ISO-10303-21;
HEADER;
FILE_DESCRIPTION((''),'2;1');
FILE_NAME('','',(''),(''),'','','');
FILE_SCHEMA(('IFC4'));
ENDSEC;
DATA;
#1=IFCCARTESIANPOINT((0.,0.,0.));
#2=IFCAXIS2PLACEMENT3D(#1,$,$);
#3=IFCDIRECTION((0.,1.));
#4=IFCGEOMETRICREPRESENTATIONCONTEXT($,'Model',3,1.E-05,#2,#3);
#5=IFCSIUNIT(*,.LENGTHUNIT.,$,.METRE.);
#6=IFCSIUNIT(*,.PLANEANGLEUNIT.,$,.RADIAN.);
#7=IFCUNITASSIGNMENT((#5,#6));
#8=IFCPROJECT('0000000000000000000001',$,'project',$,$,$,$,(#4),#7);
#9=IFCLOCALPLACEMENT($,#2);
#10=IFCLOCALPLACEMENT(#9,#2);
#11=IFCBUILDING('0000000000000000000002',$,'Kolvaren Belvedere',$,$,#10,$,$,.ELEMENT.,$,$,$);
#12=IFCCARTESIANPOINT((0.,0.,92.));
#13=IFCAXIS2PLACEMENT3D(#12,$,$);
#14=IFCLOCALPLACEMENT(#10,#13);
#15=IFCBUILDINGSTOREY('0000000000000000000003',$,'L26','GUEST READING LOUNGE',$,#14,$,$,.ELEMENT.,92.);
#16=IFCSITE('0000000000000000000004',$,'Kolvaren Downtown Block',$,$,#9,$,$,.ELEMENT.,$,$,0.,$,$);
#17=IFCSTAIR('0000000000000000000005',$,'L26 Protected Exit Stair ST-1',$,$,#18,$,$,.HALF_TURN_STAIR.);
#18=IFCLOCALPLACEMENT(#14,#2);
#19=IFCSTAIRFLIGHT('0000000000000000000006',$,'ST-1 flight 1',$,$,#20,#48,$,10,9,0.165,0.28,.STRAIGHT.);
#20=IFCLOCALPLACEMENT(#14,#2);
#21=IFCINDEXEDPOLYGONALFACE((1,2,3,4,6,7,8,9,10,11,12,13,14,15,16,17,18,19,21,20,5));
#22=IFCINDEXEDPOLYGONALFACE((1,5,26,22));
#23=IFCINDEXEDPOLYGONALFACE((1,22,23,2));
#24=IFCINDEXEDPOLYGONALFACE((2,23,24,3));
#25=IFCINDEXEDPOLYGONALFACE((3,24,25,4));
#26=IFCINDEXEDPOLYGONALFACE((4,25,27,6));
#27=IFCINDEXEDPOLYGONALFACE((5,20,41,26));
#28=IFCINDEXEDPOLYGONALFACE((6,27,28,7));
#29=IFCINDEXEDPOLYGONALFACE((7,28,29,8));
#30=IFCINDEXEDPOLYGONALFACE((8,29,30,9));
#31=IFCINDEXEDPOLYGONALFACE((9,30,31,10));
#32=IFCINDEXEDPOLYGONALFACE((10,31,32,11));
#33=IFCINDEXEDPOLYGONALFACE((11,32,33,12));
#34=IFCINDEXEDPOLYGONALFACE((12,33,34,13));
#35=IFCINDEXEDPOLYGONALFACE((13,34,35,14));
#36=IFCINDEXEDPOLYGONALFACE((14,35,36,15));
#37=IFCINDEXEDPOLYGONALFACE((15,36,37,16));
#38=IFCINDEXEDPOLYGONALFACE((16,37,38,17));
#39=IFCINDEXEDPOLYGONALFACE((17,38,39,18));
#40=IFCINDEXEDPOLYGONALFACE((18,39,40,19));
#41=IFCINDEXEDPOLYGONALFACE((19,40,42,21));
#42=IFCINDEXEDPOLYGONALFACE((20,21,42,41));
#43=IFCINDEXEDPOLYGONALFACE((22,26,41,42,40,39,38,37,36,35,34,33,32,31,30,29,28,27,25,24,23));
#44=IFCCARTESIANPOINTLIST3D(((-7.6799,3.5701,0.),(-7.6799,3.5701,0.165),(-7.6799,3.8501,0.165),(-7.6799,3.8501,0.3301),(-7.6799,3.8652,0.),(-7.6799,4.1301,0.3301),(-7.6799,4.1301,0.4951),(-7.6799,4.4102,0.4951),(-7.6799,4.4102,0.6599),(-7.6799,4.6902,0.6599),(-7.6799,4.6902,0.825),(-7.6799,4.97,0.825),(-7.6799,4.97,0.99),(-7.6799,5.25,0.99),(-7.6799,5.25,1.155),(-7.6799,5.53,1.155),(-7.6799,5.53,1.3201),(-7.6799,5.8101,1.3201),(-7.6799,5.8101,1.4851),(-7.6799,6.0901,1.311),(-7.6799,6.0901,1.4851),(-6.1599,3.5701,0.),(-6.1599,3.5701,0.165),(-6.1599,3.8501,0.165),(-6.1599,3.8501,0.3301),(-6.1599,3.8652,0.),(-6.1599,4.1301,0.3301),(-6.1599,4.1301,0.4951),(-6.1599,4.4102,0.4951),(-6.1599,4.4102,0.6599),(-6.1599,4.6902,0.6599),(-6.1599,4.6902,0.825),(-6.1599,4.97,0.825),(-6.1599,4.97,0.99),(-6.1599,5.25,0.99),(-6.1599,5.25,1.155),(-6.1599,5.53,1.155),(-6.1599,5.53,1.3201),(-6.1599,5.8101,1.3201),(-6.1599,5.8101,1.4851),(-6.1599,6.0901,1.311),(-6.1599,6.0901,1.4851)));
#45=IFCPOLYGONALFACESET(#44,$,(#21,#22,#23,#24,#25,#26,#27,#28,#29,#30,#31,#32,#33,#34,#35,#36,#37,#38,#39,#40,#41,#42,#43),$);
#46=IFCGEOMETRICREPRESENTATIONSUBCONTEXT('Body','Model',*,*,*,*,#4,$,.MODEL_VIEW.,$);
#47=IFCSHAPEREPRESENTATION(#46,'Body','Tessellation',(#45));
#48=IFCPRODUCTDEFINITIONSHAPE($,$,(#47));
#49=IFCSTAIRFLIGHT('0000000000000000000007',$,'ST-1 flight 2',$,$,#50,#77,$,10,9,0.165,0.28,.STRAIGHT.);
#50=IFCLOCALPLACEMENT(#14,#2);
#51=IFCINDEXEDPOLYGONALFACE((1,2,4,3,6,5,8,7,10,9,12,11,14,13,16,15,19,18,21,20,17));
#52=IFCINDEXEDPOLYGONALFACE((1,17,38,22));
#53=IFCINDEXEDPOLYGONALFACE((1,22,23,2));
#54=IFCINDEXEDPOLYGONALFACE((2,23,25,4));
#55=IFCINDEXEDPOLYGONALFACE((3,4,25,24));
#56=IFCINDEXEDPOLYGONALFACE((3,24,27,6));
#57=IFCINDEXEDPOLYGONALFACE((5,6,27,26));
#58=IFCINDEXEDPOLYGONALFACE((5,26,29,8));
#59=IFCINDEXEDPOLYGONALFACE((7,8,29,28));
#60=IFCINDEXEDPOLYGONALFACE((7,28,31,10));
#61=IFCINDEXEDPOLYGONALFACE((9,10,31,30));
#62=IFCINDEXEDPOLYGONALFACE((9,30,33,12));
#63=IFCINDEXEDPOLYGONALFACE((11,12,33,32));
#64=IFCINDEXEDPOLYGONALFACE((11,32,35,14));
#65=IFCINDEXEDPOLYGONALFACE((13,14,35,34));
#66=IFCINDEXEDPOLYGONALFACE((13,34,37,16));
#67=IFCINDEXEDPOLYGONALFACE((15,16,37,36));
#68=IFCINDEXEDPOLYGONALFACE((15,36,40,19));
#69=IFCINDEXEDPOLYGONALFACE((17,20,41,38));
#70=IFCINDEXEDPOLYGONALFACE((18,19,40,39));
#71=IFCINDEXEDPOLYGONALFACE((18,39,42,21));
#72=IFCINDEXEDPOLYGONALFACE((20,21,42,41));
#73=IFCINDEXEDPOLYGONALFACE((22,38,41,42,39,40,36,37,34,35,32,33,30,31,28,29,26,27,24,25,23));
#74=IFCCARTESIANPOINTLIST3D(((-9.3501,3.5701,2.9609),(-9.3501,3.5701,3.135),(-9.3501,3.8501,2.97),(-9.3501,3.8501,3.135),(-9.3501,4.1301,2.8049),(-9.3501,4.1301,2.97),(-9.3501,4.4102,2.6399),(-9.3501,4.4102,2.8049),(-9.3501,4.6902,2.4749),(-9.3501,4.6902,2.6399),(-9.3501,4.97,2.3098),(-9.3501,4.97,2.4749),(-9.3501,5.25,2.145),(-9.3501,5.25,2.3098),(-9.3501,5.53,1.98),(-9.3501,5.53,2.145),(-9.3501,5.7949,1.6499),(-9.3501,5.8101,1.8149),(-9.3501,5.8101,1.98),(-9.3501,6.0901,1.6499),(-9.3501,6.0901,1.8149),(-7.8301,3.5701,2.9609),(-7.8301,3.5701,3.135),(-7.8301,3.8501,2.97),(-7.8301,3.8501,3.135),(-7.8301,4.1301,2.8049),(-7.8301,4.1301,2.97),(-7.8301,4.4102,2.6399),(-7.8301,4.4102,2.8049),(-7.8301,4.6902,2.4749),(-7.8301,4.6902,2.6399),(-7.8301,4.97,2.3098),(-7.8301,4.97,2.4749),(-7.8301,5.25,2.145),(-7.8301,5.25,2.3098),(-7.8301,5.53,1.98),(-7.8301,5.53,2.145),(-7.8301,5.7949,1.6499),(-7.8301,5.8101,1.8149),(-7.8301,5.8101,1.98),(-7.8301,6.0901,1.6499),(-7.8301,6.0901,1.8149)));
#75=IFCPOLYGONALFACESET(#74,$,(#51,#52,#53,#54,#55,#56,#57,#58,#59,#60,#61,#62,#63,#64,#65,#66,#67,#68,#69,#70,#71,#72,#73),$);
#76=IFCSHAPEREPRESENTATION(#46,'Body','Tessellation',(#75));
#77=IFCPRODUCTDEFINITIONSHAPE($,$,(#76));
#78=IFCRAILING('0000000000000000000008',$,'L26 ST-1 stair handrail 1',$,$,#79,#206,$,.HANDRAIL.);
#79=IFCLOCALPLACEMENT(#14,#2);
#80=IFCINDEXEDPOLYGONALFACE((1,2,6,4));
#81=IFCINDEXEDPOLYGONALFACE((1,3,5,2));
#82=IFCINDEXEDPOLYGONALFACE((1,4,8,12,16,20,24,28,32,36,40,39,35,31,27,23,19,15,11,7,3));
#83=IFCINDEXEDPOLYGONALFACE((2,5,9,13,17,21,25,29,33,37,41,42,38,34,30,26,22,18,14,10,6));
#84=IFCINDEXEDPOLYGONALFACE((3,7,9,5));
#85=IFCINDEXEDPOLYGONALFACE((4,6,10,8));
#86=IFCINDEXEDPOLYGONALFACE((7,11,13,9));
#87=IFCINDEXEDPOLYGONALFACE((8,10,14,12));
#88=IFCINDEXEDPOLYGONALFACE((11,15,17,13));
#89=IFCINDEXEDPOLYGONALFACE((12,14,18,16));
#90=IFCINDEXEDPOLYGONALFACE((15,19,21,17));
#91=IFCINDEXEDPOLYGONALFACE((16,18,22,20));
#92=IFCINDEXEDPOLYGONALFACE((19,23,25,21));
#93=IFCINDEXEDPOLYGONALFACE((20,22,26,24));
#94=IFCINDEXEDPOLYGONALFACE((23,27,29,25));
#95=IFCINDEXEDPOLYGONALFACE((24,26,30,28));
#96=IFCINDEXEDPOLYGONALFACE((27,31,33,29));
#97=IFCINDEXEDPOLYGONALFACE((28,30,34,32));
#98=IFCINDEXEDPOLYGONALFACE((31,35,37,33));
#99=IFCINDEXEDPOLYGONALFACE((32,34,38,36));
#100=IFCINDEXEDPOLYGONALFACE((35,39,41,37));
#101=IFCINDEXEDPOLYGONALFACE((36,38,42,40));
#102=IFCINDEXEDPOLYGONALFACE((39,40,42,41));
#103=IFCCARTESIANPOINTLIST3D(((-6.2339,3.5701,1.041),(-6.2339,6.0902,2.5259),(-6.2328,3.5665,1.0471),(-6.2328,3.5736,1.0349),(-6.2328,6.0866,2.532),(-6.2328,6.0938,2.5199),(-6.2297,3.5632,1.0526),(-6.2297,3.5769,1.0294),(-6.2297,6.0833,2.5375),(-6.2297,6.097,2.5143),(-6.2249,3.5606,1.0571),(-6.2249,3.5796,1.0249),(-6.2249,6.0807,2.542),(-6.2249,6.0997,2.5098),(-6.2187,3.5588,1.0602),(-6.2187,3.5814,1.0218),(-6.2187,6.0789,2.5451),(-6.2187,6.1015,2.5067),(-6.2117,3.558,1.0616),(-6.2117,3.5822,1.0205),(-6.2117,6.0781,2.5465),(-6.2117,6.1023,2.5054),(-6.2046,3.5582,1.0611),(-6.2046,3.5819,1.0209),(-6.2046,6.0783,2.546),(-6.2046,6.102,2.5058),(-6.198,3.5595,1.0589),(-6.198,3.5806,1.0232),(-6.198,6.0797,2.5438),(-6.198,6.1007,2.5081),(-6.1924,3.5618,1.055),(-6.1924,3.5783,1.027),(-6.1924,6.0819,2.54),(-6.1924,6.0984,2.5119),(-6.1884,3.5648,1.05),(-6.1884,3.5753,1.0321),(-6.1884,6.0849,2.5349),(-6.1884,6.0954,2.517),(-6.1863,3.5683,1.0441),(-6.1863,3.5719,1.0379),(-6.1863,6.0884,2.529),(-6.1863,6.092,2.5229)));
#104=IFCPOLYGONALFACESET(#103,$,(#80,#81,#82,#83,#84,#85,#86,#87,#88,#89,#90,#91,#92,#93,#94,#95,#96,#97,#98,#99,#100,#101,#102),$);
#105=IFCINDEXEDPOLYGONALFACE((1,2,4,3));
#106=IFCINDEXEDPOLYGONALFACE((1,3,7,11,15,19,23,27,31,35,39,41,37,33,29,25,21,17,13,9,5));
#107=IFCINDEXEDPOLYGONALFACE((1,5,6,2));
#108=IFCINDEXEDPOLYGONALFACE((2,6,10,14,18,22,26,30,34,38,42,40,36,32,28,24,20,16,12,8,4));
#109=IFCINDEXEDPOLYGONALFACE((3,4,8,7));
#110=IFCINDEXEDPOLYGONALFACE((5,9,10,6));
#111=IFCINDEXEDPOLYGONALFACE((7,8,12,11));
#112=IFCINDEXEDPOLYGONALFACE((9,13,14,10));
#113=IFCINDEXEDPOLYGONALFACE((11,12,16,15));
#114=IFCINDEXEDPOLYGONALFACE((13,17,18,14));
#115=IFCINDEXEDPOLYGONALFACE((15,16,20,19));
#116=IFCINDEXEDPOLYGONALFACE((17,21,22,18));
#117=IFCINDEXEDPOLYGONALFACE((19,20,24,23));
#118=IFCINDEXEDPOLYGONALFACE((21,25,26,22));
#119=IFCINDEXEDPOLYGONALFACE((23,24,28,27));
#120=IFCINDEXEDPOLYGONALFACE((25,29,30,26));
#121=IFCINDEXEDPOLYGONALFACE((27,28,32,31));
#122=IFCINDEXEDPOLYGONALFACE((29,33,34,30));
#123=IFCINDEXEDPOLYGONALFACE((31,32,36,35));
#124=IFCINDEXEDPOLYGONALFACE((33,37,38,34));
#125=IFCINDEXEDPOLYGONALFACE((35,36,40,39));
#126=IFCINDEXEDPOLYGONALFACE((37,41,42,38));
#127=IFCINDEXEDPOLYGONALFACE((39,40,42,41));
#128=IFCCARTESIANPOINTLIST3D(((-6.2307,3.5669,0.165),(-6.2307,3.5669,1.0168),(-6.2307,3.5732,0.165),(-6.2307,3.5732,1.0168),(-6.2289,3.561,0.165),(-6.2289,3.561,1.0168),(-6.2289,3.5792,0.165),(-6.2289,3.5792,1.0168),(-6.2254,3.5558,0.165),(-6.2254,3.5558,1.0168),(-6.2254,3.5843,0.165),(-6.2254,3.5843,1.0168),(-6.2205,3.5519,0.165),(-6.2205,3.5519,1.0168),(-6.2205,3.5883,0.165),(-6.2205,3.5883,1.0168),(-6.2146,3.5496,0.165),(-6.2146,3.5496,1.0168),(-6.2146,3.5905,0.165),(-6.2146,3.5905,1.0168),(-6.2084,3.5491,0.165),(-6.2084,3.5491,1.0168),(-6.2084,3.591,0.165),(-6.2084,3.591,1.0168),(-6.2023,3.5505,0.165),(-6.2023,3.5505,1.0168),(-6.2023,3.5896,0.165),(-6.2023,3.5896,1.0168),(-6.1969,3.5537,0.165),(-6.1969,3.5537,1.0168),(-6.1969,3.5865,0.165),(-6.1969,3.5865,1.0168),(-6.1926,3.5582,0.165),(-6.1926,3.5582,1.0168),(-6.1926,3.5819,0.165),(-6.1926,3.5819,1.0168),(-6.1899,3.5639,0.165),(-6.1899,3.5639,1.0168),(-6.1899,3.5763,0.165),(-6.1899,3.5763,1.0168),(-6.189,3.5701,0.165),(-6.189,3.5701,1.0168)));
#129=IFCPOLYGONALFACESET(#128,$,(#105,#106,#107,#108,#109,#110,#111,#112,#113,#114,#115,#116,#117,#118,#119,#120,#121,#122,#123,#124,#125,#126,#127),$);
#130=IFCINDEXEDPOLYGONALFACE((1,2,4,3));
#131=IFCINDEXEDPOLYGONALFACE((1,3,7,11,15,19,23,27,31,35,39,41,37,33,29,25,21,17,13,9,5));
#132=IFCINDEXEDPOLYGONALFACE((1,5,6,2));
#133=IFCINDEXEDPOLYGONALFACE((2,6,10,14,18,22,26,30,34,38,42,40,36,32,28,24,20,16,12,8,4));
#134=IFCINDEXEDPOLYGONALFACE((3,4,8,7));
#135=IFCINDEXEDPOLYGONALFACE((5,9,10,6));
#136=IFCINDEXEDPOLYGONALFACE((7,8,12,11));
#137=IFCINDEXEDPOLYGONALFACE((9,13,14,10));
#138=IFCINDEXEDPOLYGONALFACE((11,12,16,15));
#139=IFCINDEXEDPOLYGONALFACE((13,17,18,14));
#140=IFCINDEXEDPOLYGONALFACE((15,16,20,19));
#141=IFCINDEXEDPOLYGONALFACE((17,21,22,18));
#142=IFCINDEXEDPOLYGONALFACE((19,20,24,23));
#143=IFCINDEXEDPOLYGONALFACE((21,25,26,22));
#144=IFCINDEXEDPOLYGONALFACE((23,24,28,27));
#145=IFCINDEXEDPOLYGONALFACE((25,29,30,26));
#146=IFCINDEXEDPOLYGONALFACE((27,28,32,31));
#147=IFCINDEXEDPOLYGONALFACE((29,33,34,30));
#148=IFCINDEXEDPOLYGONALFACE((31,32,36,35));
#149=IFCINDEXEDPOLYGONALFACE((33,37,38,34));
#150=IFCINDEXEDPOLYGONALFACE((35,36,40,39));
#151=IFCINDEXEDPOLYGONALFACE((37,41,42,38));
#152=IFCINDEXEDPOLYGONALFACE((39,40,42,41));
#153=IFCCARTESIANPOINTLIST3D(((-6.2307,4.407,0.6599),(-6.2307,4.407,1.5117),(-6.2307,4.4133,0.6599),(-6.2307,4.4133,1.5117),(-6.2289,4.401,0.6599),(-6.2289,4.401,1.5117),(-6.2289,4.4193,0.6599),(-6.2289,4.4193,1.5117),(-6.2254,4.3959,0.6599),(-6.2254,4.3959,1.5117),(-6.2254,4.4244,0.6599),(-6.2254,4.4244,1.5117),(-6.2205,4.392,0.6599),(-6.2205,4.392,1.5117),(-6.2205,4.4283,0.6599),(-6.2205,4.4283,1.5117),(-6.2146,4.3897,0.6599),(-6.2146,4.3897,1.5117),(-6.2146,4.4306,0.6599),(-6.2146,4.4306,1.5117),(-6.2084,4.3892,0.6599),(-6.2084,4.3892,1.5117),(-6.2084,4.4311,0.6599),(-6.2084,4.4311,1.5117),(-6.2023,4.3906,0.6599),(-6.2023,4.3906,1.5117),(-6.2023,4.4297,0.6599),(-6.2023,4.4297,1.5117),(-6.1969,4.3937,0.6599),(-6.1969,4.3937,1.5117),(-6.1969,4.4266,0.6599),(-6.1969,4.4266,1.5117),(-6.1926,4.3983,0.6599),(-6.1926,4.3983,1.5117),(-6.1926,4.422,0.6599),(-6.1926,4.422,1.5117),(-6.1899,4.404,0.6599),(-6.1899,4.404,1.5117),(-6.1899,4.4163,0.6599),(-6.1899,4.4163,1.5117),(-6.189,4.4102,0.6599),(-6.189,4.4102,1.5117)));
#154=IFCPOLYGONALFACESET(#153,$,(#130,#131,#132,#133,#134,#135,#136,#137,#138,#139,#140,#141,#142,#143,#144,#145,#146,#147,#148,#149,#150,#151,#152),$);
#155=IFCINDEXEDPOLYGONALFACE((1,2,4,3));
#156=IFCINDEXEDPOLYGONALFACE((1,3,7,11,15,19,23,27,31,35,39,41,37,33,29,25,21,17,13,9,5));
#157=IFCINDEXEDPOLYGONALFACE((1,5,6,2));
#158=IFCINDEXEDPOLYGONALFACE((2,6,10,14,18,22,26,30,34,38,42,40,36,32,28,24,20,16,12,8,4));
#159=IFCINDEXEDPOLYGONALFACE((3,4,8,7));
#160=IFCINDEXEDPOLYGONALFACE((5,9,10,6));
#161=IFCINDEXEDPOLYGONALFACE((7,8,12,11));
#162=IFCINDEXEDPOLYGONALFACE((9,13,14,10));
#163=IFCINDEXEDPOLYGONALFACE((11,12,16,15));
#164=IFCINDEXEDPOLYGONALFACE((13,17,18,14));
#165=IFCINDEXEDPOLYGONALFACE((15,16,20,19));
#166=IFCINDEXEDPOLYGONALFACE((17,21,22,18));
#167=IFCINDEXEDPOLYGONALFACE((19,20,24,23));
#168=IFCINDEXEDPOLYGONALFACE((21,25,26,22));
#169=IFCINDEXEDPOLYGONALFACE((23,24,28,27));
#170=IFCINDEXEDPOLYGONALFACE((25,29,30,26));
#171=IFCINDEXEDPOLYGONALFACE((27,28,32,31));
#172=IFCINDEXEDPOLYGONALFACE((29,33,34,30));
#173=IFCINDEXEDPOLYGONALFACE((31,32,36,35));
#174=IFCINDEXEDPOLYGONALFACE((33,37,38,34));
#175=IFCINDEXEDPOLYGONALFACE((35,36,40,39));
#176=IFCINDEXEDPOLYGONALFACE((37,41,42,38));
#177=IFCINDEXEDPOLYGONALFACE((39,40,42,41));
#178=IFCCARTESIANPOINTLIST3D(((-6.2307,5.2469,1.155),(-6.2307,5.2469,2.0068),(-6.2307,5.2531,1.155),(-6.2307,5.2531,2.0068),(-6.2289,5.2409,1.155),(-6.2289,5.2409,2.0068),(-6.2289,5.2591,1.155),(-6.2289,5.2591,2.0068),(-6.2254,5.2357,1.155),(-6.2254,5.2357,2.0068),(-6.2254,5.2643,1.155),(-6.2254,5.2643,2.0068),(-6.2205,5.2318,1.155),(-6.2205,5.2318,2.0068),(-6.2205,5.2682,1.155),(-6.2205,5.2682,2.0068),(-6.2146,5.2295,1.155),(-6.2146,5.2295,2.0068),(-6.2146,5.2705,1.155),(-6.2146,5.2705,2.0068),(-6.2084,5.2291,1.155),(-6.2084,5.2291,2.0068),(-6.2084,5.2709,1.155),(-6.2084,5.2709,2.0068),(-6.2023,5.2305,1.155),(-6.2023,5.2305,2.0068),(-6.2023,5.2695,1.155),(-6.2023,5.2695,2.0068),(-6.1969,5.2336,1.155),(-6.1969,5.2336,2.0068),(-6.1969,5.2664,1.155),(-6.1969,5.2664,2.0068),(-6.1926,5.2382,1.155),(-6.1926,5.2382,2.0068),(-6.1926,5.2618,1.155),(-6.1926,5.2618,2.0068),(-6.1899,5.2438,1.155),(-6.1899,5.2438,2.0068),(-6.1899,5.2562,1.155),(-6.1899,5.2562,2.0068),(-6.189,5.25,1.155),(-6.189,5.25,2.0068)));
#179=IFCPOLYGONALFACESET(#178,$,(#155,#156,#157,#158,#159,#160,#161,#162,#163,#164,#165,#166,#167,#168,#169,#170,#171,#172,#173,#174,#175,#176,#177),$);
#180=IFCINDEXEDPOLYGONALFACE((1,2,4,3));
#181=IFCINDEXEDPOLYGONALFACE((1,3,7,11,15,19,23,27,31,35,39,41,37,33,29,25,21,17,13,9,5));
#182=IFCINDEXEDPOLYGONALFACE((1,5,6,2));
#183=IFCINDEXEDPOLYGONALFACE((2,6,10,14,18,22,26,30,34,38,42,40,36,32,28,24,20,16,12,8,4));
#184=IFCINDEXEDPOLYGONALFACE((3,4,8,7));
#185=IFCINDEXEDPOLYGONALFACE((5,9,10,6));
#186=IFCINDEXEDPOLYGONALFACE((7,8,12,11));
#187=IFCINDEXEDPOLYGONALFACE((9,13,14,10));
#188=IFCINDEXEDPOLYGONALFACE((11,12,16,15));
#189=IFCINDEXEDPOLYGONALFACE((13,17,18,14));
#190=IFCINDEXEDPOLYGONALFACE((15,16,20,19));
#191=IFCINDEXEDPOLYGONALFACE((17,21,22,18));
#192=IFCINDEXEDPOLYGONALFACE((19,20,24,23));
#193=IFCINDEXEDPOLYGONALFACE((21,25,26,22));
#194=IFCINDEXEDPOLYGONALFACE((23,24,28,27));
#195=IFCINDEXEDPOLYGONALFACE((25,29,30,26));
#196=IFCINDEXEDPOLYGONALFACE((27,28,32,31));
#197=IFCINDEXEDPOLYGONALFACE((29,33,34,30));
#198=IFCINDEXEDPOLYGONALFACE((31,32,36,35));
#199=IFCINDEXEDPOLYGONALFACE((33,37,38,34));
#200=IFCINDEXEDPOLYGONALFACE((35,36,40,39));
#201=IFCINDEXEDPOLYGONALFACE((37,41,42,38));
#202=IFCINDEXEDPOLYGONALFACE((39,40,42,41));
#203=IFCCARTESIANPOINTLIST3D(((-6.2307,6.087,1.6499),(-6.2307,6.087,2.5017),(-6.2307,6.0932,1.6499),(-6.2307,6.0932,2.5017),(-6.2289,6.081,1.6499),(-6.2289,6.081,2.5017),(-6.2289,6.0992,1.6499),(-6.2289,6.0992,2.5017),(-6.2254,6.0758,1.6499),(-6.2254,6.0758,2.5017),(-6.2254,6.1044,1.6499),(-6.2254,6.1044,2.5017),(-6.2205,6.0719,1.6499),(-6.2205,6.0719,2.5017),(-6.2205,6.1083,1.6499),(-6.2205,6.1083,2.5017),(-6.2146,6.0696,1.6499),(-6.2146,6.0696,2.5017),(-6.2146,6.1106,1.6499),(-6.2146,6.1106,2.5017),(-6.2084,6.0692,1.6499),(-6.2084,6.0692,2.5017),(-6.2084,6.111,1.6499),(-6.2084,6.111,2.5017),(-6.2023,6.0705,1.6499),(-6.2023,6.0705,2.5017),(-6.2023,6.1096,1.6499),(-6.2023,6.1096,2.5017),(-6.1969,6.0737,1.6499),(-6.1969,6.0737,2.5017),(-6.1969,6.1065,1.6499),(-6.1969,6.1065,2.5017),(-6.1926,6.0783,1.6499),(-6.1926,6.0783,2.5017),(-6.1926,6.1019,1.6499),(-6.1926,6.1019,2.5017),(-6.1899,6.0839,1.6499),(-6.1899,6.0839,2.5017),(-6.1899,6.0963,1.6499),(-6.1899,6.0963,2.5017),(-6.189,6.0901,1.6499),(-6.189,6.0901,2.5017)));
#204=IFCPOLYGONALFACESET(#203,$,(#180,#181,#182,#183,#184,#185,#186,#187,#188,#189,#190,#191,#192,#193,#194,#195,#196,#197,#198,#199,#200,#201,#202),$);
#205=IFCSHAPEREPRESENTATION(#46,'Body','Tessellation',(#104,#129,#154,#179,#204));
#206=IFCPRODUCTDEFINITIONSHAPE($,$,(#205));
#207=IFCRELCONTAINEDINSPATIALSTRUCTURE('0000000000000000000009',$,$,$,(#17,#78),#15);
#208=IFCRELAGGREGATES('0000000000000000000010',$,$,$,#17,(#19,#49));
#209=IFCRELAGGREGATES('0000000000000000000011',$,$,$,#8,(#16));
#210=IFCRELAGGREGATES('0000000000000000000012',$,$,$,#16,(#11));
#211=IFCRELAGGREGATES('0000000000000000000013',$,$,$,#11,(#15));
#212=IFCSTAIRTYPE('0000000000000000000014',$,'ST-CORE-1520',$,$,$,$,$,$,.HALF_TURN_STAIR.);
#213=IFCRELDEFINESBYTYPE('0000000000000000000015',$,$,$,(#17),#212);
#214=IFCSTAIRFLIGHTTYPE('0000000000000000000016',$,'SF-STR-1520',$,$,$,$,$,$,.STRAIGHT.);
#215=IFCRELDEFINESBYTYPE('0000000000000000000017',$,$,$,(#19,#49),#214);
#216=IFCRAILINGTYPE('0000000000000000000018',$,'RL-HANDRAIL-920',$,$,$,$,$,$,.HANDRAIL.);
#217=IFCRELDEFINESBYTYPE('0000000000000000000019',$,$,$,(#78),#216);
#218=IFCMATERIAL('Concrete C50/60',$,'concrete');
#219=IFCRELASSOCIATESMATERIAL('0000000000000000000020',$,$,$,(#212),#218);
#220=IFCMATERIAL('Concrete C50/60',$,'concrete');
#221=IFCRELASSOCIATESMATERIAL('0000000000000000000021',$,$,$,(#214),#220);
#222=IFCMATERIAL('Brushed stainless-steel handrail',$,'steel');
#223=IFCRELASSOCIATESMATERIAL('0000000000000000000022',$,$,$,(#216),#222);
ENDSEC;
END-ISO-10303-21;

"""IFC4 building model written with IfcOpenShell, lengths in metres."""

from ifc_helpers import new_model, si_unit, direction, frame, origin, origin_2d, place, context, subcontext, project, spatial, polyline, circle, outline, extrude, material, type_object, element, aggregate, save


model = new_model("IFC4")

# Units and contexts
model_context = context("Model", 3, precision=1e-05, world=origin(), true_north=direction((0.0, 1.0)))
body_context = subcontext(model_context, "Body", "Model", "MODEL_VIEW")
ifc_project = project(units=[si_unit("LENGTHUNIT", "METRE"), si_unit("PLANEANGLEUNIT", "RADIAN")], contexts=[model_context])

# Site, building, storey
site_placement = place(None, origin())
site = spatial("IfcSite", under=ifc_project, at=site_placement, Name="Kolvaren Downtown Block", CompositionType="ELEMENT", RefElevation=0.0)
building_placement = place(site_placement, origin())
building = spatial("IfcBuilding", under=site, at=building_placement, Name="Kolvaren Belvedere", CompositionType="ELEMENT")
storey_placement = place(building_placement, frame((0.0, 0.0, 92.0)))
storey = spatial("IfcBuildingStorey", under=building, at=storey_placement, Name="L26", Description="GUEST READING LOUNGE", CompositionType="ELEMENT", Elevation=92.0)

# Stair, stair flights
ifc_material_1 = material(Name="Concrete C50/60", Category="concrete")
stair_type = type_object("IfcStairType", Name="ST-CORE-1520", PredefinedType="HALF_TURN_STAIR", material=ifc_material_1)
stair_placement = place(storey_placement, origin())
stair = element("IfcStair", 1, at=stair_placement, inside=storey, type_object=stair_type, Name="L26 Protected Exit Stair ST-1", PredefinedType="HALF_TURN_STAIR")
ifc_material_2 = material(Name="Concrete C50/60", Category="concrete")
stair_flight_type = type_object("IfcStairFlightType", Name="SF-STR-1520", PredefinedType="STRAIGHT", material=ifc_material_2)
stair_flight_1_placement = place(storey_placement, frame((-6.9199, 3.5701, 0.0), z_axis=(0.0, 0.0, 1.0), x_axis=(0.0, 1.0, 0.0)))
stair_flight_1 = element("IfcStairFlight", 2, at=stair_flight_1_placement, type_object=stair_flight_type, Name="ST-1 flight 1", NumberOfRisers=10, NumberOfTreads=9, PredefinedType="STRAIGHT", RiserHeight=0.165, TreadLength=0.28, context=body_context, shape_type="SweptSolid", body=[
    extrude(outline(polyline([(0.0, 0.0), (0.0, 0.165), (0.28, 0.165), (0.28, 0.3301), (0.5601, 0.3301), (0.5601, 0.4951), (0.8401, 0.4951), (0.8401, 0.6599), (1.1201, 0.6599), (1.1201, 0.825), (1.3999, 0.825), (1.3999, 0.99), (1.6799, 0.99), (1.6799, 1.155), (1.96, 1.155), (1.96, 1.3201), (2.24, 1.3201), (2.24, 1.4851), (2.52, 1.4851), (2.52, 1.6499), (2.52, 1.311), (0.2952, 0.0), (0.0, 0.0)])), frame((0.0, 0.76, 0.0), z_axis=(0.0, -1.0, 0.0), x_axis=(1.0, 0.0, 0.0)), (0.0, 0.0, 1.0), 1.52),
])
stair_flight_2_placement = place(storey_placement, frame((-8.5901, 6.0901, 1.6499), z_axis=(0.0, 0.0, 1.0), x_axis=(0.0, -1.0, 0.0)))
stair_flight_2 = element("IfcStairFlight", 3, at=stair_flight_2_placement, type_object=stair_flight_type, Name="ST-1 flight 2", NumberOfRisers=10, NumberOfTreads=9, PredefinedType="STRAIGHT", RiserHeight=0.165, TreadLength=0.28, context=body_context, shape_type="SweptSolid", body=[
    extrude(outline(polyline([(0.0, 0.0), (0.0, 0.165), (0.28, 0.165), (0.28, 0.3301), (0.5601, 0.3301), (0.5601, 0.4951), (0.8401, 0.4951), (0.8401, 0.6599), (1.1201, 0.6599), (1.1201, 0.825), (1.3999, 0.825), (1.3999, 0.99), (1.6799, 0.99), (1.6799, 1.155), (1.96, 1.155), (1.96, 1.3201), (2.24, 1.3201), (2.24, 1.4851), (2.52, 1.4851), (2.52, 1.6499), (2.52, 1.311), (0.2952, 0.0), (0.0, 0.0)])), frame((0.0, 0.76, 0.0), z_axis=(0.0, -1.0, 0.0), x_axis=(1.0, 0.0, 0.0)), (0.0, 0.0, 1.0), 1.52),
])
aggregate(stair, [stair_flight_1, stair_flight_2])

# Railing
ifc_material_3 = material(Name="Brushed stainless-steel handrail", Category="steel")
railing_type_1 = type_object("IfcRailingType", Name="RL-HANDRAIL-920", PredefinedType="HANDRAIL", material=ifc_material_3)
railing_1_placement = place(storey_placement, frame((-6.21, 3.5701, 0.165)))
element("IfcRailing", 4, at=railing_1_placement, inside=storey, type_object=railing_type_1, Name="L26 ST-1 stair handrail 1", PredefinedType="HANDRAIL", context=body_context, shape_type="SweptSolid", body=[
    extrude(circle(Radius=0.0239, at=origin_2d()), frame((0.0, 0.0, 0.876), z_axis=(0.0, 0.861561, 0.507655), x_axis=(-1.0, 0.0, 0.0)), (0.0, 0.0, 1.0), 2.925),
    extrude(circle(Radius=0.021, at=origin_2d()), origin(), (0.0, 0.0, 1.0), 0.8518),
    extrude(circle(Radius=0.021, at=origin_2d()), frame((0.0, 0.8401, 0.4949)), (0.0, 0.0, 1.0), 0.8518),
    extrude(circle(Radius=0.021, at=origin_2d()), frame((0.0, 1.6799, 0.99)), (0.0, 0.0, 1.0), 0.8518),
    extrude(circle(Radius=0.021, at=origin_2d()), frame((0.0, 2.52, 1.4849)), (0.0, 0.0, 1.0), 0.8518),
])

save(model, "model.ifc")
